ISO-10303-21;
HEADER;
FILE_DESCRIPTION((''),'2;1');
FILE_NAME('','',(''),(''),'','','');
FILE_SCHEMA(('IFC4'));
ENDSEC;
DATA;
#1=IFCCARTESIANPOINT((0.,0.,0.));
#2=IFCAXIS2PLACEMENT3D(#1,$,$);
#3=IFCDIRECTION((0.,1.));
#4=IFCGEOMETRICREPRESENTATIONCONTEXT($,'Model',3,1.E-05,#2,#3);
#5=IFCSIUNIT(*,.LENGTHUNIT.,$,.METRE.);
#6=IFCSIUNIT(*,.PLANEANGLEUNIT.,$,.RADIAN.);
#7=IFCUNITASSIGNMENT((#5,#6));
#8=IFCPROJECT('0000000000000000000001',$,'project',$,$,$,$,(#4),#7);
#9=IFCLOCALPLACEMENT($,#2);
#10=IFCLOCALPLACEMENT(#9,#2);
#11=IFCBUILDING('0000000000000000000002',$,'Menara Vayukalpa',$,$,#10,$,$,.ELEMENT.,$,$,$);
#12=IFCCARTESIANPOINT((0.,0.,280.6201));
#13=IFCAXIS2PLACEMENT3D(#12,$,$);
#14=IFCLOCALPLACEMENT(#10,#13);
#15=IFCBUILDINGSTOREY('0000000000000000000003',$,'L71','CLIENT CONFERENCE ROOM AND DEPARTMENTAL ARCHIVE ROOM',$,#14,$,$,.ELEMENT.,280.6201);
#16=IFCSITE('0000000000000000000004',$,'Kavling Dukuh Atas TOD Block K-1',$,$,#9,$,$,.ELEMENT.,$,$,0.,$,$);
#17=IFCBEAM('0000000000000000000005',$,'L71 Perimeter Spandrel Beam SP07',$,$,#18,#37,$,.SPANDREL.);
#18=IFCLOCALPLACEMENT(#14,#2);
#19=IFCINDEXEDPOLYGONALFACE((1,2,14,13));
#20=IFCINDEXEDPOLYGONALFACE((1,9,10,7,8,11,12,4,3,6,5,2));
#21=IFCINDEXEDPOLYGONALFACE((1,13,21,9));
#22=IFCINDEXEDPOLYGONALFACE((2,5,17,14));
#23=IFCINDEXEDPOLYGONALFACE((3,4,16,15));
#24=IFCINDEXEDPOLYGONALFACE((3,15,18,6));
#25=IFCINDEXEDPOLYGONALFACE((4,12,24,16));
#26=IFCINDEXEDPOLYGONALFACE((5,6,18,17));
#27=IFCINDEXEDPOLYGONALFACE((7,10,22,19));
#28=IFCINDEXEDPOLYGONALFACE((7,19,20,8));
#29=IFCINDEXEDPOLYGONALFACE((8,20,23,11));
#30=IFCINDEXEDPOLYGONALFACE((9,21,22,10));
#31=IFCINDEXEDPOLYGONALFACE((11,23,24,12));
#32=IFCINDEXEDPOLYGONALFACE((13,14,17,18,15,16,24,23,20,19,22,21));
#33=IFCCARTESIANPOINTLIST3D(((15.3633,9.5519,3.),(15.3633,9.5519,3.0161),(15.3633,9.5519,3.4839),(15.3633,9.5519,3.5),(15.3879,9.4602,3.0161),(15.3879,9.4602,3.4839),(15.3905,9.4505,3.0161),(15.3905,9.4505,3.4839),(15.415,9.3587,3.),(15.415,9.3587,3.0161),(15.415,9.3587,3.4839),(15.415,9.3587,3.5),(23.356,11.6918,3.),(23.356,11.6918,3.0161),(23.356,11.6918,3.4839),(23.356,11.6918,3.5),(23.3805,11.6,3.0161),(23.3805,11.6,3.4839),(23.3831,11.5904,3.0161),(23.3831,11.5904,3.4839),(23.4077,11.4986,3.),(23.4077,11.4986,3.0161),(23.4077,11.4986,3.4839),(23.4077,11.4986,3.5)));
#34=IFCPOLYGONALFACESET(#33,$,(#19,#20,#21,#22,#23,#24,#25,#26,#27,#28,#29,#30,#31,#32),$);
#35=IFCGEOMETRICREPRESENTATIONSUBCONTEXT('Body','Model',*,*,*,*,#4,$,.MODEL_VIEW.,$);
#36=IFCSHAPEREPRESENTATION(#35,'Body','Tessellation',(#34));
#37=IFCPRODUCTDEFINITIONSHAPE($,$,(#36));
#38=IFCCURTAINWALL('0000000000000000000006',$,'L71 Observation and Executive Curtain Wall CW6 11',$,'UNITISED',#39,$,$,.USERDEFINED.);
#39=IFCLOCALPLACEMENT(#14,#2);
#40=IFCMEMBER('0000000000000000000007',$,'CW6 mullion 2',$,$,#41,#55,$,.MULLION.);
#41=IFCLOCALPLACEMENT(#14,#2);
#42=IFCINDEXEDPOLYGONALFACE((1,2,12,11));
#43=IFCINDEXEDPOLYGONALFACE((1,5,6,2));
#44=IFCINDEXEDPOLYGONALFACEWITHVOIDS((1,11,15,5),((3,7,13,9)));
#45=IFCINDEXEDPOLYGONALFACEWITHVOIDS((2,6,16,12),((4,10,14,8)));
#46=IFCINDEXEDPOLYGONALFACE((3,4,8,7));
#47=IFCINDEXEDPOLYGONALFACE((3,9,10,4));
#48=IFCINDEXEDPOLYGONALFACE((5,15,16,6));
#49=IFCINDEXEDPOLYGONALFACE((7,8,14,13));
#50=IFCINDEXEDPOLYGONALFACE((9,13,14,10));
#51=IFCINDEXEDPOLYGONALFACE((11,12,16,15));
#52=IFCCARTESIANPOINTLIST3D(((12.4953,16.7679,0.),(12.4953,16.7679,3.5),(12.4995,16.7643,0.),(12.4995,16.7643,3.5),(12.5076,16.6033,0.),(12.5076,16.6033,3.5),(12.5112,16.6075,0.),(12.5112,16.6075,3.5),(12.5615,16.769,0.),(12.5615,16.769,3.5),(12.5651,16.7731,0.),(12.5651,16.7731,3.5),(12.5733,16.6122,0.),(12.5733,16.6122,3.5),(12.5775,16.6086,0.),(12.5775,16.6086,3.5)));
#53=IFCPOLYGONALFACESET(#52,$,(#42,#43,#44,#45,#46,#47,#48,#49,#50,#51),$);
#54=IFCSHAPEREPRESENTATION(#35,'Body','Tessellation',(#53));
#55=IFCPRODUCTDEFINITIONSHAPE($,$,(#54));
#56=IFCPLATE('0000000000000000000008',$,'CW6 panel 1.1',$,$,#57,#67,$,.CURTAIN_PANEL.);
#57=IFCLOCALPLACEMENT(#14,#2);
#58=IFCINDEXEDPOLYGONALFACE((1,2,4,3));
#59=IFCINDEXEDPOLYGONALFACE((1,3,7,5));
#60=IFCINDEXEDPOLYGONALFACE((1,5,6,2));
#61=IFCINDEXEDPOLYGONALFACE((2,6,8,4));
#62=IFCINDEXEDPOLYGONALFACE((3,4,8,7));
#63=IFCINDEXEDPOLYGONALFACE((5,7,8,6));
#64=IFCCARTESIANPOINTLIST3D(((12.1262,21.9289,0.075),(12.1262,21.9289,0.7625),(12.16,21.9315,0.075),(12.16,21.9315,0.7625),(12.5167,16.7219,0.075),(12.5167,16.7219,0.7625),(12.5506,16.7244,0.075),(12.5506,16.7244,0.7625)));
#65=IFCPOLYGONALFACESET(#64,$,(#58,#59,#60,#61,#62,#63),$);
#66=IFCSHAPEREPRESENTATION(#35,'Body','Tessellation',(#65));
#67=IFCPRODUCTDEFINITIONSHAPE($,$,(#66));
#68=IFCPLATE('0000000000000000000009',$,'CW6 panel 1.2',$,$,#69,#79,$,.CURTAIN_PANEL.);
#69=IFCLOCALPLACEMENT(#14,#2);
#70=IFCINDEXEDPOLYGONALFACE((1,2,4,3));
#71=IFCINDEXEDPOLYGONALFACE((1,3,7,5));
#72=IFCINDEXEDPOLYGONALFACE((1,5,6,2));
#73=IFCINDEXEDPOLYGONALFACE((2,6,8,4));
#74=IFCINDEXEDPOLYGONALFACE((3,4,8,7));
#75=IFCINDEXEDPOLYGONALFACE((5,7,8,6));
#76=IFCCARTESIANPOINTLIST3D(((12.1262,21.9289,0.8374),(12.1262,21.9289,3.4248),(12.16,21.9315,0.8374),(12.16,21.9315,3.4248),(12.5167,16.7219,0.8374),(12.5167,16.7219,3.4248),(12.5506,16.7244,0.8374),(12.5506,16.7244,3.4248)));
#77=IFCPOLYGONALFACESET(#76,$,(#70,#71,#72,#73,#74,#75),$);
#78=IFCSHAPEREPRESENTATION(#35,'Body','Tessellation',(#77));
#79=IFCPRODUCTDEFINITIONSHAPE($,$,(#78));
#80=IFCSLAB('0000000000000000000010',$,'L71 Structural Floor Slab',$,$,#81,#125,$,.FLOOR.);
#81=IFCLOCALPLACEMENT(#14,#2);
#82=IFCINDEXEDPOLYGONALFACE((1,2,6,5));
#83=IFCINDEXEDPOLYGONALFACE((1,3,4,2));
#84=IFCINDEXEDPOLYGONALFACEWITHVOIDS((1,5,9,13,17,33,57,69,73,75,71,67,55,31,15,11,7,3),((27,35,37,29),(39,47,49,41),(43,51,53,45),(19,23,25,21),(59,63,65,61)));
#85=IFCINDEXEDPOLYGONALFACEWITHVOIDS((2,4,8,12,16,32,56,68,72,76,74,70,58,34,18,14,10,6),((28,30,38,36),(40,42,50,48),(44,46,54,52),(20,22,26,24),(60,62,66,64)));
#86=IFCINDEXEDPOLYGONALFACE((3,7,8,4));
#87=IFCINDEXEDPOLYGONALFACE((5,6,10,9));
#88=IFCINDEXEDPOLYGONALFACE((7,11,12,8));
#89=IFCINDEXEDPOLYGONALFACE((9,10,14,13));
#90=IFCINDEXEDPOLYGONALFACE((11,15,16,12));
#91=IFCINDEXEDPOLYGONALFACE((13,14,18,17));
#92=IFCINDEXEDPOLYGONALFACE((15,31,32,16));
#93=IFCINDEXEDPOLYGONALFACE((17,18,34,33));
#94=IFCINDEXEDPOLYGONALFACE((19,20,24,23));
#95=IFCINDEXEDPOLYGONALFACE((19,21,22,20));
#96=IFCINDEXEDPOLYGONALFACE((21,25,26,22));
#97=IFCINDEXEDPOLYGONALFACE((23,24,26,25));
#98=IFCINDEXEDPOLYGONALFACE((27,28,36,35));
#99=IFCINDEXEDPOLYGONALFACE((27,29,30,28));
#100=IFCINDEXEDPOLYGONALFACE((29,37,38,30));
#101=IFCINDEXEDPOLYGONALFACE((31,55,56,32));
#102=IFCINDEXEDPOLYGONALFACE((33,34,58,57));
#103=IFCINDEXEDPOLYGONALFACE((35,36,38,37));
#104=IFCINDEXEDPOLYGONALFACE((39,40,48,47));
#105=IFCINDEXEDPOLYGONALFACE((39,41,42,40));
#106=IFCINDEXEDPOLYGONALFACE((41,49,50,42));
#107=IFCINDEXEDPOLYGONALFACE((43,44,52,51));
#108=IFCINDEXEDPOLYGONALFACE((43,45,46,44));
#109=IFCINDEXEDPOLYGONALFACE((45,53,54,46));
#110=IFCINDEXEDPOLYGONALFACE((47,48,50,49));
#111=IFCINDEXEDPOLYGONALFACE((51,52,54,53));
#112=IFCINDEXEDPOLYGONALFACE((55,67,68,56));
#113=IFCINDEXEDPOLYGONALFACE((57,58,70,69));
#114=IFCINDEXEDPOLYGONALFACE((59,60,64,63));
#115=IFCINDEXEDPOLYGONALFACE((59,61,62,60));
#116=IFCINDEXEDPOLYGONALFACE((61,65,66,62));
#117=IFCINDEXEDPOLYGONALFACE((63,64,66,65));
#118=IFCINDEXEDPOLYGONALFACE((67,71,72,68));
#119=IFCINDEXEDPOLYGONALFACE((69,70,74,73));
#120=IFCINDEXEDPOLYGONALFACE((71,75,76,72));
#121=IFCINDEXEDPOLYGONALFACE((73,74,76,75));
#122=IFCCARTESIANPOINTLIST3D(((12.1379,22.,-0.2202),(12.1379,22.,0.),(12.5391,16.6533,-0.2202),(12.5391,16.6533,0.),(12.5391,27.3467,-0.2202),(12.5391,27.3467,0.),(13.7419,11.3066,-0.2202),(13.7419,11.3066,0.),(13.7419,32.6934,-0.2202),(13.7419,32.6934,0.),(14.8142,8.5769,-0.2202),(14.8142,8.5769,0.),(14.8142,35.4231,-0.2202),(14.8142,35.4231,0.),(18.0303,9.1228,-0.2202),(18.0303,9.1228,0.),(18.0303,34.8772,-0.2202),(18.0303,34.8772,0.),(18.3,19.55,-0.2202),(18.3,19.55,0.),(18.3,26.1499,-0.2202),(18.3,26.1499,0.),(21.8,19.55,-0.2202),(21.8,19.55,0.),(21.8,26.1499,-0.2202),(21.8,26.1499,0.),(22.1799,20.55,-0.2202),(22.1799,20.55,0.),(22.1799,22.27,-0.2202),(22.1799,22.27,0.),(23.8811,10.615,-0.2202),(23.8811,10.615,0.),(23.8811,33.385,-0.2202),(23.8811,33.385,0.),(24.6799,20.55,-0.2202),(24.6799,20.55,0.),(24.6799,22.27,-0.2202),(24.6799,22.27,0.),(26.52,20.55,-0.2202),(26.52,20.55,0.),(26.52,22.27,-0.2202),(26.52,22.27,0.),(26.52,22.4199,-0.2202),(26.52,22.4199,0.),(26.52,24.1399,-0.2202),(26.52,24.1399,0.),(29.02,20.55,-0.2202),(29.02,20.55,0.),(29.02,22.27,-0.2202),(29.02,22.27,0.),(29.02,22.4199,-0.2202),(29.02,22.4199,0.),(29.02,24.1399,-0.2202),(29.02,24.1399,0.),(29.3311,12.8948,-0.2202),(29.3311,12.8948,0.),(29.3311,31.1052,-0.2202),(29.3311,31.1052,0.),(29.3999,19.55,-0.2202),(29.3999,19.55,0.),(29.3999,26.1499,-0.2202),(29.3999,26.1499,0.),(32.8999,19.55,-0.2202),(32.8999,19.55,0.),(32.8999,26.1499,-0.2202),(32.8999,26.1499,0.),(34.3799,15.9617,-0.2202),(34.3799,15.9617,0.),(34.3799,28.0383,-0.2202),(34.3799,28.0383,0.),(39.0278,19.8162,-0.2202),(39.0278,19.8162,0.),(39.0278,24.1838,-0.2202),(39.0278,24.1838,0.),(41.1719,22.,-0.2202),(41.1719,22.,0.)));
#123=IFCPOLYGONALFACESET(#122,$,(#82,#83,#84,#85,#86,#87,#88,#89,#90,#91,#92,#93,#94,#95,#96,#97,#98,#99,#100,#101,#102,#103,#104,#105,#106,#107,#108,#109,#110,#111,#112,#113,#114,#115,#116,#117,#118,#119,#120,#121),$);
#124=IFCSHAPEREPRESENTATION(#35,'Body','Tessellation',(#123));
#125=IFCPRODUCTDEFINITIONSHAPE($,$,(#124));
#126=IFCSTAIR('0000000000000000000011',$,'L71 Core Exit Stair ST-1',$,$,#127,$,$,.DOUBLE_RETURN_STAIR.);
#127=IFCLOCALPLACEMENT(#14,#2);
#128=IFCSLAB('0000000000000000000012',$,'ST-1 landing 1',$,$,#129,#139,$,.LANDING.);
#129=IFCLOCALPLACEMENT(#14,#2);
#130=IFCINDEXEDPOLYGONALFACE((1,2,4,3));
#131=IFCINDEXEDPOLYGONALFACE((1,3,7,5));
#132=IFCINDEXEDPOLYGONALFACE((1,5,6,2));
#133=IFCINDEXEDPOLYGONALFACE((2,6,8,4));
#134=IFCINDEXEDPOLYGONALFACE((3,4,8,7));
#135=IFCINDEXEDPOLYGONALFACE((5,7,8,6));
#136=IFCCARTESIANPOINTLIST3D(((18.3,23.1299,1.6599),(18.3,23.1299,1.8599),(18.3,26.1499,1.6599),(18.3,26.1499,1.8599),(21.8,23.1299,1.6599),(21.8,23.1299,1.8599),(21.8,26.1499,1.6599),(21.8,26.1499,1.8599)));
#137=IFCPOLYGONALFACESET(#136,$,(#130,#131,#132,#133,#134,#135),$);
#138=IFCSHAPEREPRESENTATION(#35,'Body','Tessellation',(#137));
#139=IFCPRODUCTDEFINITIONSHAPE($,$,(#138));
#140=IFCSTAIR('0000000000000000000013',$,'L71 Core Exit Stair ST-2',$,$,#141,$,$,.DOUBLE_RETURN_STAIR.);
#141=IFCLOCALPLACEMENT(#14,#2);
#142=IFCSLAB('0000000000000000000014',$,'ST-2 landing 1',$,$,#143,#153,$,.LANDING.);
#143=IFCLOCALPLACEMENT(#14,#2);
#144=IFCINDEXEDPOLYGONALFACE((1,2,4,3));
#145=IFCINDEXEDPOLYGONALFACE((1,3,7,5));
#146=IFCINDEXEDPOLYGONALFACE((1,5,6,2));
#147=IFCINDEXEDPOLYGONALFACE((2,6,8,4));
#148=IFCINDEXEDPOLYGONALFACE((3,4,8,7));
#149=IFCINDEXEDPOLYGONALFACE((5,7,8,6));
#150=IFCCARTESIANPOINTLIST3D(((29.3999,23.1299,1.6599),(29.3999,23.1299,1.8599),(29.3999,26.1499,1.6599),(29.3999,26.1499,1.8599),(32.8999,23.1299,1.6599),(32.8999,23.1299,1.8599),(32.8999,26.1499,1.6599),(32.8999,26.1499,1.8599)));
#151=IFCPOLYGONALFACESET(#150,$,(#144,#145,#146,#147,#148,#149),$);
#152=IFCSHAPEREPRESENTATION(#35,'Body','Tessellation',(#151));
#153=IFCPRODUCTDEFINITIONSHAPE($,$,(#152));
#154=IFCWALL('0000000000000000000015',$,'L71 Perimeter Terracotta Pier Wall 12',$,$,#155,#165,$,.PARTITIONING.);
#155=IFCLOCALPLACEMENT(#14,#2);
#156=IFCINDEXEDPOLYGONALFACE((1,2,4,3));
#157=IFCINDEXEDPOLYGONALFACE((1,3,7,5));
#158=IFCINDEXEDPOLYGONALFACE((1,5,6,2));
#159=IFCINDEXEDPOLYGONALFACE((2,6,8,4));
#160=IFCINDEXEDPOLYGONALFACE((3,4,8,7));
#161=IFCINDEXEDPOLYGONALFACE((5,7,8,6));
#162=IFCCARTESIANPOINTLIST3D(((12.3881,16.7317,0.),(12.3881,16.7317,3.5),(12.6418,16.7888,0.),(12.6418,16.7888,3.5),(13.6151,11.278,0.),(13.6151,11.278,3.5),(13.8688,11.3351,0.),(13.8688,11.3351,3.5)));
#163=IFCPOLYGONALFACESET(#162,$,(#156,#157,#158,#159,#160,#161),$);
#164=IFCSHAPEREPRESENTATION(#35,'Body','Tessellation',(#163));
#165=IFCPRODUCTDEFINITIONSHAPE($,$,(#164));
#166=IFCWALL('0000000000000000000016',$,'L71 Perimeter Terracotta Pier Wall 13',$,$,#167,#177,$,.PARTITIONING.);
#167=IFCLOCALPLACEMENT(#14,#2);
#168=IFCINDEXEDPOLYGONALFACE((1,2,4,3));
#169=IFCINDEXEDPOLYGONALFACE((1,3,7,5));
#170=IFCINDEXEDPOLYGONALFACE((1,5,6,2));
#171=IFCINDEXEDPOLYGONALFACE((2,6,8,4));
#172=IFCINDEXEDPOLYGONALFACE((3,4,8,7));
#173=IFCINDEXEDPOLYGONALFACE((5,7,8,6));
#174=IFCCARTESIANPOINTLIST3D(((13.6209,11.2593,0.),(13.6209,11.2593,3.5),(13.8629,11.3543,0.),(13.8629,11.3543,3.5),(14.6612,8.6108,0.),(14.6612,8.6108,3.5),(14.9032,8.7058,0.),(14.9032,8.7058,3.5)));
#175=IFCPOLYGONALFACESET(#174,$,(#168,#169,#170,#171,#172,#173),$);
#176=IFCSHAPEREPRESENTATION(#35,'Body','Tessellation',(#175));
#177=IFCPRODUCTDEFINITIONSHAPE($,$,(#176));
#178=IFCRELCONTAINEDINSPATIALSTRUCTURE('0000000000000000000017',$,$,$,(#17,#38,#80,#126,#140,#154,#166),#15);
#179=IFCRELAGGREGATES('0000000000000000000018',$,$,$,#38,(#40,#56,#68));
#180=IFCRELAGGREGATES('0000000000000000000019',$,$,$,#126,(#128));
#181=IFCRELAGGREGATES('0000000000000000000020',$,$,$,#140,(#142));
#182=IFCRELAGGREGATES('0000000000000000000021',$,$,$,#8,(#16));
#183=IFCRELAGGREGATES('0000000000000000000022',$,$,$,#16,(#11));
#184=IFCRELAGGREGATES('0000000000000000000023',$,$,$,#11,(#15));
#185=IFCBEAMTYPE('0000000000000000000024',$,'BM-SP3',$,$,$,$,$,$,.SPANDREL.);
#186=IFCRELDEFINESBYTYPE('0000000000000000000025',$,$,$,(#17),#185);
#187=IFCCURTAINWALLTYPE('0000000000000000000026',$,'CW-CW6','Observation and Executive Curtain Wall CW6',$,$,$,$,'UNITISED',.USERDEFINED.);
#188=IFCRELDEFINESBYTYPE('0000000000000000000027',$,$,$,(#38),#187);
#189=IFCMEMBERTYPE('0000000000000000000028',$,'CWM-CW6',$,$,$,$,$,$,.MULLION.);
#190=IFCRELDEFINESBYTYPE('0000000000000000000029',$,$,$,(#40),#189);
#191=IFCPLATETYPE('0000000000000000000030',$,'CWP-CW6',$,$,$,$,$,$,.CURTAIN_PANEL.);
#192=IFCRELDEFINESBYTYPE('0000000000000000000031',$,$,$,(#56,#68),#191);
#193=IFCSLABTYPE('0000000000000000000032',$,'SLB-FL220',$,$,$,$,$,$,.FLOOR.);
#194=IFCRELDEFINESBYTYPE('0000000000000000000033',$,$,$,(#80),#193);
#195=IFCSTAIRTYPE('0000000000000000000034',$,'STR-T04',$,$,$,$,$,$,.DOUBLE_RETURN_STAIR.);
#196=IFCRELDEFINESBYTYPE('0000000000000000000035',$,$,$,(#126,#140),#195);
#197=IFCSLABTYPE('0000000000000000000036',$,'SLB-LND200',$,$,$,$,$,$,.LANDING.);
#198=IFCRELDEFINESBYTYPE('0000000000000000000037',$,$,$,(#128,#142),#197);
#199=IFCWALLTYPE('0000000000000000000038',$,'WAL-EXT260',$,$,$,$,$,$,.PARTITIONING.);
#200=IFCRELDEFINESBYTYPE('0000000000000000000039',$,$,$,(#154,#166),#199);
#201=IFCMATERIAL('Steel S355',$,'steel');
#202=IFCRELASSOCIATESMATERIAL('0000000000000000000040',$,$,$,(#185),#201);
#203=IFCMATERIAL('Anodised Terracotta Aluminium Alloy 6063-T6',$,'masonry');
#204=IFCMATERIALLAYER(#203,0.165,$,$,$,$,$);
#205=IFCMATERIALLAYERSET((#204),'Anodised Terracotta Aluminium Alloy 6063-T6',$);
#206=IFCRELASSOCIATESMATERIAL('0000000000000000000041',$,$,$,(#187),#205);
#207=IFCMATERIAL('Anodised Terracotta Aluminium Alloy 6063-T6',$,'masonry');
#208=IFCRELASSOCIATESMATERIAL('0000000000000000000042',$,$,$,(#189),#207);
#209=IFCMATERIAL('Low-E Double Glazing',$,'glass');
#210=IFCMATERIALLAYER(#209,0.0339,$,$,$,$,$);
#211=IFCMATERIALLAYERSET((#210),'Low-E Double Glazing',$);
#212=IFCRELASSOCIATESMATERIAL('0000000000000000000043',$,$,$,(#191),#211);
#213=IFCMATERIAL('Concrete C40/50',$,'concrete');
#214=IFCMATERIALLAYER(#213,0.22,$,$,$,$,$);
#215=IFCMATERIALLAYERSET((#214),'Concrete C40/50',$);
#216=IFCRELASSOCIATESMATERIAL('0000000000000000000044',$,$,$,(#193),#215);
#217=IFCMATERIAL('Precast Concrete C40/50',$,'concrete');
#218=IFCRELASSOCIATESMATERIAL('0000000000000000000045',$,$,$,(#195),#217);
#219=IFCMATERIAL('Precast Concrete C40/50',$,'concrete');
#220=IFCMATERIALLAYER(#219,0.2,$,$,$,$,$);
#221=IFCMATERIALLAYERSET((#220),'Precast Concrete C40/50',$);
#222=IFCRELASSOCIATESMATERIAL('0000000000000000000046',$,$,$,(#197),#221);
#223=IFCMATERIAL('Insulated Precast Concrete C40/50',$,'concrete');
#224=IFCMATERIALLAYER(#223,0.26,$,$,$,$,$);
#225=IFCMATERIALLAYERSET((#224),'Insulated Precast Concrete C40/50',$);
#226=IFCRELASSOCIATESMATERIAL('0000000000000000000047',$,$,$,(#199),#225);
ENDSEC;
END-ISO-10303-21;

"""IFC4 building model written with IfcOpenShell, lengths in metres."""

from ifc_helpers import new_model, si_unit, direction, frame, frame_2d, origin, origin_2d, place, context, subcontext, project, spatial, polyline, rectangle, hollow_rectangle, i_section, outline, extrude, material, layer, layer_set, material_profile, profile_set, type_object, element, aggregate, save


model = new_model("IFC4")

# Units and contexts
model_context = context("Model", 3, precision=1e-05, world=origin(), true_north=direction((0.0, 1.0)))
body_context = subcontext(model_context, "Body", "Model", "MODEL_VIEW")
ifc_project = project(units=[si_unit("LENGTHUNIT", "METRE"), si_unit("PLANEANGLEUNIT", "RADIAN")], contexts=[model_context])

# Site, building, storey
site_placement = place(None, origin())
site = spatial("IfcSite", under=ifc_project, at=site_placement, Name="Kavling Dukuh Atas TOD Block K-1", CompositionType="ELEMENT", RefElevation=0.0)
building_placement = place(site_placement, origin())
building = spatial("IfcBuilding", under=site, at=building_placement, Name="Menara Vayukalpa", CompositionType="ELEMENT")
storey_placement = place(building_placement, frame((0.0, 0.0, 280.6201)))
storey = spatial("IfcBuildingStorey", under=building, at=storey_placement, Name="L71", Description="CLIENT CONFERENCE ROOM AND DEPARTMENTAL ARCHIVE ROOM", CompositionType="ELEMENT", Elevation=280.6201)

# Beam
ifc_material_1 = material(Name="Steel S355", Category="steel")
ifc_material_profile_1 = material_profile(ifc_material_1, i_section(OverallWidth=0.2, OverallDepth=0.5, WebThickness=0.01, FlangeThickness=0.0161, at=origin_2d()), Name="WF 500x200x10x16")
ifc_profile_set_1 = profile_set([ifc_material_profile_1], Name="Steel S355")
beam_type_1 = type_object("IfcBeamType", Name="BM-SP3", PredefinedType="SPANDREL", material=ifc_profile_set_1)
beam_1_placement = place(storey_placement, frame((15.3892, 9.4553, 3.25), z_axis=(0.965978, 0.258623, 0.0), x_axis=(-0.258623, 0.965978, 0.0)))
element("IfcBeam", 1, at=beam_1_placement, inside=storey, type_object=beam_type_1, Name="L71 Perimeter Spandrel Beam SP07", PredefinedType="SPANDREL", context=body_context, shape_type="SweptSolid", body=[
    extrude(i_section(OverallWidth=0.2, OverallDepth=0.5, WebThickness=0.01, FlangeThickness=0.0161, at=origin_2d()), origin(), (0.0, 0.0, 1.0), 8.2742),
])

# Curtain wall, member, plates
ifc_material_2 = material(Name="Anodised Terracotta Aluminium Alloy 6063-T6", Category="masonry")
ifc_layer_1 = layer(ifc_material_2, 0.165)
ifc_layer_set_1 = layer_set([ifc_layer_1], Name="Anodised Terracotta Aluminium Alloy 6063-T6")
curtain_wall_type = type_object("IfcCurtainWallType", Name="CW-CW6", Description="Observation and Executive Curtain Wall CW6", ElementType="UNITISED", PredefinedType="USERDEFINED", material=ifc_layer_set_1)
curtain_wall_placement = place(storey_placement, origin())
curtain_wall = element("IfcCurtainWall", 2, at=curtain_wall_placement, inside=storey, type_object=curtain_wall_type, Name="L71 Observation and Executive Curtain Wall CW6 11", ObjectType="UNITISED", PredefinedType="USERDEFINED")
ifc_material_3 = material(Name="Anodised Terracotta Aluminium Alloy 6063-T6", Category="masonry")
ifc_material_profile_2 = material_profile(ifc_material_3, hollow_rectangle(XDim=0.0701, YDim=0.165, WallThickness=0.0039, at=origin_2d()), Name="ALU 70x165x4")
ifc_profile_set_2 = profile_set([ifc_material_profile_2], Name="Anodised Terracotta Aluminium Alloy 6063-T6")
member_type = type_object("IfcMemberType", Name="CWM-CW6", PredefinedType="MULLION", material=ifc_profile_set_2)
member_placement = place(storey_placement, frame((12.5364, 16.6882, 0.0), z_axis=(0.0, 0.0, 1.0), x_axis=(0.997199, 0.074789, 0.0)))
member = element("IfcMember", 3, at=member_placement, type_object=member_type, Name="CW6 mullion 2", PredefinedType="MULLION", context=body_context, shape_type="SweptSolid", body=[
    extrude(hollow_rectangle(XDim=0.0701, YDim=0.165, WallThickness=0.0039, at=origin_2d()), origin(), (0.0, 0.0, 1.0), 3.5),
])
ifc_material_4 = material(Name="Low-E Double Glazing", Category="glass")
ifc_layer_2 = layer(ifc_material_4, 0.0339)
ifc_layer_set_2 = layer_set([ifc_layer_2], Name="Low-E Double Glazing")
plate_type = type_object("IfcPlateType", Name="CWP-CW6", PredefinedType="CURTAIN_PANEL", material=ifc_layer_set_2)
plate_1_placement = place(storey_placement, frame((12.3384, 19.3267, 0.075), z_axis=(0.0, 0.0, 1.0), x_axis=(0.074789, -0.997199, 0.0)))
plate_1 = element("IfcPlate", 4, at=plate_1_placement, type_object=plate_type, Name="CW6 panel 1.1", PredefinedType="CURTAIN_PANEL", context=body_context, shape_type="SweptSolid", body=[
    extrude(rectangle(XDim=5.2217, YDim=0.0339, at=origin_2d()), origin(), (0.0, 0.0, 1.0), 0.6875),
])
plate_2_placement = place(storey_placement, frame((12.3384, 19.3267, 0.8374), z_axis=(0.0, 0.0, 1.0), x_axis=(0.074789, -0.997199, 0.0)))
plate_2 = element("IfcPlate", 5, at=plate_2_placement, type_object=plate_type, Name="CW6 panel 1.2", PredefinedType="CURTAIN_PANEL", context=body_context, shape_type="SweptSolid", body=[
    extrude(rectangle(XDim=5.2217, YDim=0.0339, at=origin_2d()), origin(), (0.0, 0.0, 1.0), 2.5874),
])
aggregate(curtain_wall, [member, plate_1, plate_2])

# Slab
ifc_material_5 = material(Name="Concrete C40/50", Category="concrete")
ifc_layer_3 = layer(ifc_material_5, 0.22)
ifc_layer_set_3 = layer_set([ifc_layer_3], Name="Concrete C40/50")
slab_type_1 = type_object("IfcSlabType", Name="SLB-FL220", PredefinedType="FLOOR", material=ifc_layer_set_3)
slab_1_placement = place(storey_placement, frame((0.0, 0.0, -0.2202)))
element("IfcSlab", 6, at=slab_1_placement, inside=storey, type_object=slab_type_1, Name="L71 Structural Floor Slab", PredefinedType="FLOOR", context=body_context, shape_type="SweptSolid", body=[
    extrude(outline(polyline([(39.0278, 19.8162), (41.1719, 22.0), (39.0278, 24.1838), (34.3799, 28.0383), (29.3311, 31.1052), (23.8811, 33.385), (18.0303, 34.8772), (14.8142, 35.4231), (13.7419, 32.6934), (12.5391, 27.3467), (12.1379, 22.0), (12.5391, 16.6533), (13.7419, 11.3066), (14.8142, 8.5769), (18.0303, 9.1228), (23.8811, 10.615), (29.3311, 12.8948), (34.3799, 15.9617), (39.0278, 19.8162)]), holes=[polyline([(21.8, 19.55), (21.8, 26.1499), (18.3, 26.1499), (18.3, 19.55), (21.8, 19.55)]), polyline([(32.8999, 19.55), (32.8999, 26.1499), (29.3999, 26.1499), (29.3999, 19.55), (32.8999, 19.55)]), polyline([(22.1799, 20.55), (24.6799, 20.55), (24.6799, 22.27), (22.1799, 22.27), (22.1799, 20.55)]), polyline([(26.52, 20.55), (29.02, 20.55), (29.02, 22.27), (26.52, 22.27), (26.52, 20.55)]), polyline([(26.52, 22.4199), (29.02, 22.4199), (29.02, 24.1399), (26.52, 24.1399), (26.52, 22.4199)])]), origin(), (0.0, 0.0, 1.0), 0.2202),
])

# Stairs, slabs
ifc_material_6 = material(Name="Precast Concrete C40/50", Category="concrete")
stair_type = type_object("IfcStairType", Name="STR-T04", PredefinedType="DOUBLE_RETURN_STAIR", material=ifc_material_6)
stair_1_placement = place(storey_placement, origin())
stair_1 = element("IfcStair", 7, at=stair_1_placement, inside=storey, type_object=stair_type, Name="L71 Core Exit Stair ST-1", PredefinedType="DOUBLE_RETURN_STAIR")
ifc_material_7 = material(Name="Precast Concrete C40/50", Category="concrete")
ifc_layer_4 = layer(ifc_material_7, 0.2)
ifc_layer_set_4 = layer_set([ifc_layer_4], Name="Precast Concrete C40/50")
slab_type_2 = type_object("IfcSlabType", Name="SLB-LND200", PredefinedType="LANDING", material=ifc_layer_set_4)
slab_2_placement = place(storey_placement, frame((0.0, 0.0, 1.6599)))
slab_2 = element("IfcSlab", 8, at=slab_2_placement, type_object=slab_type_2, Name="ST-1 landing 1", PredefinedType="LANDING", context=body_context, shape_type="SweptSolid", body=[
    extrude(outline(polyline([(21.8, 23.1299), (21.8, 26.1499), (18.3, 26.1499), (18.3, 23.1299), (21.8, 23.1299)])), origin(), (0.0, 0.0, 1.0), 0.2),
])
aggregate(stair_1, [slab_2])
stair_2_placement = place(storey_placement, origin())
stair_2 = element("IfcStair", 9, at=stair_2_placement, inside=storey, type_object=stair_type, Name="L71 Core Exit Stair ST-2", PredefinedType="DOUBLE_RETURN_STAIR")
slab_3_placement = place(storey_placement, frame((0.0, 0.0, 1.6599)))
slab_3 = element("IfcSlab", 10, at=slab_3_placement, type_object=slab_type_2, Name="ST-2 landing 1", PredefinedType="LANDING", context=body_context, shape_type="SweptSolid", body=[
    extrude(outline(polyline([(32.8999, 23.1299), (32.8999, 26.1499), (29.3999, 26.1499), (29.3999, 23.1299), (32.8999, 23.1299)])), origin(), (0.0, 0.0, 1.0), 0.2),
])
aggregate(stair_2, [slab_3])

# Walls
ifc_material_8 = material(Name="Insulated Precast Concrete C40/50", Category="concrete")
ifc_layer_5 = layer(ifc_material_8, 0.26)
ifc_layer_set_5 = layer_set([ifc_layer_5], Name="Insulated Precast Concrete C40/50")
wall_type_1 = type_object("IfcWallType", Name="WAL-EXT260", PredefinedType="PARTITIONING", material=ifc_layer_set_5)
wall_1_placement = place(storey_placement, frame((13.7419, 11.3066, 0.0), z_axis=(0.0, 0.0, 1.0), x_axis=(-0.219501, 0.975612, 0.0)))
element("IfcWall", 11, at=wall_1_placement, inside=storey, type_object=wall_type_1, Name="L71 Perimeter Terracotta Pier Wall 12", PredefinedType="PARTITIONING", context=body_context, shape_type="SweptSolid", body=[
    extrude(rectangle(XDim=5.5901, YDim=0.26, at=frame_2d((2.7949, 0.0))), origin(), (0.0, 0.0, 1.0), 3.5),
])
wall_2_placement = place(storey_placement, frame((14.7822, 8.6582, 0.0), z_axis=(0.0, 0.0, 1.0), x_axis=(-0.365599, 0.930772, 0.0)))
element("IfcWall", 12, at=wall_2_placement, inside=storey, type_object=wall_type_1, Name="L71 Perimeter Terracotta Pier Wall 13", PredefinedType="PARTITIONING", context=body_context, shape_type="SweptSolid", body=[
    extrude(rectangle(XDim=2.8455, YDim=0.26, at=frame_2d((1.4229, 0.0))), origin(), (0.0, 0.0, 1.0), 3.5),
])

save(model, "model.ifc")
